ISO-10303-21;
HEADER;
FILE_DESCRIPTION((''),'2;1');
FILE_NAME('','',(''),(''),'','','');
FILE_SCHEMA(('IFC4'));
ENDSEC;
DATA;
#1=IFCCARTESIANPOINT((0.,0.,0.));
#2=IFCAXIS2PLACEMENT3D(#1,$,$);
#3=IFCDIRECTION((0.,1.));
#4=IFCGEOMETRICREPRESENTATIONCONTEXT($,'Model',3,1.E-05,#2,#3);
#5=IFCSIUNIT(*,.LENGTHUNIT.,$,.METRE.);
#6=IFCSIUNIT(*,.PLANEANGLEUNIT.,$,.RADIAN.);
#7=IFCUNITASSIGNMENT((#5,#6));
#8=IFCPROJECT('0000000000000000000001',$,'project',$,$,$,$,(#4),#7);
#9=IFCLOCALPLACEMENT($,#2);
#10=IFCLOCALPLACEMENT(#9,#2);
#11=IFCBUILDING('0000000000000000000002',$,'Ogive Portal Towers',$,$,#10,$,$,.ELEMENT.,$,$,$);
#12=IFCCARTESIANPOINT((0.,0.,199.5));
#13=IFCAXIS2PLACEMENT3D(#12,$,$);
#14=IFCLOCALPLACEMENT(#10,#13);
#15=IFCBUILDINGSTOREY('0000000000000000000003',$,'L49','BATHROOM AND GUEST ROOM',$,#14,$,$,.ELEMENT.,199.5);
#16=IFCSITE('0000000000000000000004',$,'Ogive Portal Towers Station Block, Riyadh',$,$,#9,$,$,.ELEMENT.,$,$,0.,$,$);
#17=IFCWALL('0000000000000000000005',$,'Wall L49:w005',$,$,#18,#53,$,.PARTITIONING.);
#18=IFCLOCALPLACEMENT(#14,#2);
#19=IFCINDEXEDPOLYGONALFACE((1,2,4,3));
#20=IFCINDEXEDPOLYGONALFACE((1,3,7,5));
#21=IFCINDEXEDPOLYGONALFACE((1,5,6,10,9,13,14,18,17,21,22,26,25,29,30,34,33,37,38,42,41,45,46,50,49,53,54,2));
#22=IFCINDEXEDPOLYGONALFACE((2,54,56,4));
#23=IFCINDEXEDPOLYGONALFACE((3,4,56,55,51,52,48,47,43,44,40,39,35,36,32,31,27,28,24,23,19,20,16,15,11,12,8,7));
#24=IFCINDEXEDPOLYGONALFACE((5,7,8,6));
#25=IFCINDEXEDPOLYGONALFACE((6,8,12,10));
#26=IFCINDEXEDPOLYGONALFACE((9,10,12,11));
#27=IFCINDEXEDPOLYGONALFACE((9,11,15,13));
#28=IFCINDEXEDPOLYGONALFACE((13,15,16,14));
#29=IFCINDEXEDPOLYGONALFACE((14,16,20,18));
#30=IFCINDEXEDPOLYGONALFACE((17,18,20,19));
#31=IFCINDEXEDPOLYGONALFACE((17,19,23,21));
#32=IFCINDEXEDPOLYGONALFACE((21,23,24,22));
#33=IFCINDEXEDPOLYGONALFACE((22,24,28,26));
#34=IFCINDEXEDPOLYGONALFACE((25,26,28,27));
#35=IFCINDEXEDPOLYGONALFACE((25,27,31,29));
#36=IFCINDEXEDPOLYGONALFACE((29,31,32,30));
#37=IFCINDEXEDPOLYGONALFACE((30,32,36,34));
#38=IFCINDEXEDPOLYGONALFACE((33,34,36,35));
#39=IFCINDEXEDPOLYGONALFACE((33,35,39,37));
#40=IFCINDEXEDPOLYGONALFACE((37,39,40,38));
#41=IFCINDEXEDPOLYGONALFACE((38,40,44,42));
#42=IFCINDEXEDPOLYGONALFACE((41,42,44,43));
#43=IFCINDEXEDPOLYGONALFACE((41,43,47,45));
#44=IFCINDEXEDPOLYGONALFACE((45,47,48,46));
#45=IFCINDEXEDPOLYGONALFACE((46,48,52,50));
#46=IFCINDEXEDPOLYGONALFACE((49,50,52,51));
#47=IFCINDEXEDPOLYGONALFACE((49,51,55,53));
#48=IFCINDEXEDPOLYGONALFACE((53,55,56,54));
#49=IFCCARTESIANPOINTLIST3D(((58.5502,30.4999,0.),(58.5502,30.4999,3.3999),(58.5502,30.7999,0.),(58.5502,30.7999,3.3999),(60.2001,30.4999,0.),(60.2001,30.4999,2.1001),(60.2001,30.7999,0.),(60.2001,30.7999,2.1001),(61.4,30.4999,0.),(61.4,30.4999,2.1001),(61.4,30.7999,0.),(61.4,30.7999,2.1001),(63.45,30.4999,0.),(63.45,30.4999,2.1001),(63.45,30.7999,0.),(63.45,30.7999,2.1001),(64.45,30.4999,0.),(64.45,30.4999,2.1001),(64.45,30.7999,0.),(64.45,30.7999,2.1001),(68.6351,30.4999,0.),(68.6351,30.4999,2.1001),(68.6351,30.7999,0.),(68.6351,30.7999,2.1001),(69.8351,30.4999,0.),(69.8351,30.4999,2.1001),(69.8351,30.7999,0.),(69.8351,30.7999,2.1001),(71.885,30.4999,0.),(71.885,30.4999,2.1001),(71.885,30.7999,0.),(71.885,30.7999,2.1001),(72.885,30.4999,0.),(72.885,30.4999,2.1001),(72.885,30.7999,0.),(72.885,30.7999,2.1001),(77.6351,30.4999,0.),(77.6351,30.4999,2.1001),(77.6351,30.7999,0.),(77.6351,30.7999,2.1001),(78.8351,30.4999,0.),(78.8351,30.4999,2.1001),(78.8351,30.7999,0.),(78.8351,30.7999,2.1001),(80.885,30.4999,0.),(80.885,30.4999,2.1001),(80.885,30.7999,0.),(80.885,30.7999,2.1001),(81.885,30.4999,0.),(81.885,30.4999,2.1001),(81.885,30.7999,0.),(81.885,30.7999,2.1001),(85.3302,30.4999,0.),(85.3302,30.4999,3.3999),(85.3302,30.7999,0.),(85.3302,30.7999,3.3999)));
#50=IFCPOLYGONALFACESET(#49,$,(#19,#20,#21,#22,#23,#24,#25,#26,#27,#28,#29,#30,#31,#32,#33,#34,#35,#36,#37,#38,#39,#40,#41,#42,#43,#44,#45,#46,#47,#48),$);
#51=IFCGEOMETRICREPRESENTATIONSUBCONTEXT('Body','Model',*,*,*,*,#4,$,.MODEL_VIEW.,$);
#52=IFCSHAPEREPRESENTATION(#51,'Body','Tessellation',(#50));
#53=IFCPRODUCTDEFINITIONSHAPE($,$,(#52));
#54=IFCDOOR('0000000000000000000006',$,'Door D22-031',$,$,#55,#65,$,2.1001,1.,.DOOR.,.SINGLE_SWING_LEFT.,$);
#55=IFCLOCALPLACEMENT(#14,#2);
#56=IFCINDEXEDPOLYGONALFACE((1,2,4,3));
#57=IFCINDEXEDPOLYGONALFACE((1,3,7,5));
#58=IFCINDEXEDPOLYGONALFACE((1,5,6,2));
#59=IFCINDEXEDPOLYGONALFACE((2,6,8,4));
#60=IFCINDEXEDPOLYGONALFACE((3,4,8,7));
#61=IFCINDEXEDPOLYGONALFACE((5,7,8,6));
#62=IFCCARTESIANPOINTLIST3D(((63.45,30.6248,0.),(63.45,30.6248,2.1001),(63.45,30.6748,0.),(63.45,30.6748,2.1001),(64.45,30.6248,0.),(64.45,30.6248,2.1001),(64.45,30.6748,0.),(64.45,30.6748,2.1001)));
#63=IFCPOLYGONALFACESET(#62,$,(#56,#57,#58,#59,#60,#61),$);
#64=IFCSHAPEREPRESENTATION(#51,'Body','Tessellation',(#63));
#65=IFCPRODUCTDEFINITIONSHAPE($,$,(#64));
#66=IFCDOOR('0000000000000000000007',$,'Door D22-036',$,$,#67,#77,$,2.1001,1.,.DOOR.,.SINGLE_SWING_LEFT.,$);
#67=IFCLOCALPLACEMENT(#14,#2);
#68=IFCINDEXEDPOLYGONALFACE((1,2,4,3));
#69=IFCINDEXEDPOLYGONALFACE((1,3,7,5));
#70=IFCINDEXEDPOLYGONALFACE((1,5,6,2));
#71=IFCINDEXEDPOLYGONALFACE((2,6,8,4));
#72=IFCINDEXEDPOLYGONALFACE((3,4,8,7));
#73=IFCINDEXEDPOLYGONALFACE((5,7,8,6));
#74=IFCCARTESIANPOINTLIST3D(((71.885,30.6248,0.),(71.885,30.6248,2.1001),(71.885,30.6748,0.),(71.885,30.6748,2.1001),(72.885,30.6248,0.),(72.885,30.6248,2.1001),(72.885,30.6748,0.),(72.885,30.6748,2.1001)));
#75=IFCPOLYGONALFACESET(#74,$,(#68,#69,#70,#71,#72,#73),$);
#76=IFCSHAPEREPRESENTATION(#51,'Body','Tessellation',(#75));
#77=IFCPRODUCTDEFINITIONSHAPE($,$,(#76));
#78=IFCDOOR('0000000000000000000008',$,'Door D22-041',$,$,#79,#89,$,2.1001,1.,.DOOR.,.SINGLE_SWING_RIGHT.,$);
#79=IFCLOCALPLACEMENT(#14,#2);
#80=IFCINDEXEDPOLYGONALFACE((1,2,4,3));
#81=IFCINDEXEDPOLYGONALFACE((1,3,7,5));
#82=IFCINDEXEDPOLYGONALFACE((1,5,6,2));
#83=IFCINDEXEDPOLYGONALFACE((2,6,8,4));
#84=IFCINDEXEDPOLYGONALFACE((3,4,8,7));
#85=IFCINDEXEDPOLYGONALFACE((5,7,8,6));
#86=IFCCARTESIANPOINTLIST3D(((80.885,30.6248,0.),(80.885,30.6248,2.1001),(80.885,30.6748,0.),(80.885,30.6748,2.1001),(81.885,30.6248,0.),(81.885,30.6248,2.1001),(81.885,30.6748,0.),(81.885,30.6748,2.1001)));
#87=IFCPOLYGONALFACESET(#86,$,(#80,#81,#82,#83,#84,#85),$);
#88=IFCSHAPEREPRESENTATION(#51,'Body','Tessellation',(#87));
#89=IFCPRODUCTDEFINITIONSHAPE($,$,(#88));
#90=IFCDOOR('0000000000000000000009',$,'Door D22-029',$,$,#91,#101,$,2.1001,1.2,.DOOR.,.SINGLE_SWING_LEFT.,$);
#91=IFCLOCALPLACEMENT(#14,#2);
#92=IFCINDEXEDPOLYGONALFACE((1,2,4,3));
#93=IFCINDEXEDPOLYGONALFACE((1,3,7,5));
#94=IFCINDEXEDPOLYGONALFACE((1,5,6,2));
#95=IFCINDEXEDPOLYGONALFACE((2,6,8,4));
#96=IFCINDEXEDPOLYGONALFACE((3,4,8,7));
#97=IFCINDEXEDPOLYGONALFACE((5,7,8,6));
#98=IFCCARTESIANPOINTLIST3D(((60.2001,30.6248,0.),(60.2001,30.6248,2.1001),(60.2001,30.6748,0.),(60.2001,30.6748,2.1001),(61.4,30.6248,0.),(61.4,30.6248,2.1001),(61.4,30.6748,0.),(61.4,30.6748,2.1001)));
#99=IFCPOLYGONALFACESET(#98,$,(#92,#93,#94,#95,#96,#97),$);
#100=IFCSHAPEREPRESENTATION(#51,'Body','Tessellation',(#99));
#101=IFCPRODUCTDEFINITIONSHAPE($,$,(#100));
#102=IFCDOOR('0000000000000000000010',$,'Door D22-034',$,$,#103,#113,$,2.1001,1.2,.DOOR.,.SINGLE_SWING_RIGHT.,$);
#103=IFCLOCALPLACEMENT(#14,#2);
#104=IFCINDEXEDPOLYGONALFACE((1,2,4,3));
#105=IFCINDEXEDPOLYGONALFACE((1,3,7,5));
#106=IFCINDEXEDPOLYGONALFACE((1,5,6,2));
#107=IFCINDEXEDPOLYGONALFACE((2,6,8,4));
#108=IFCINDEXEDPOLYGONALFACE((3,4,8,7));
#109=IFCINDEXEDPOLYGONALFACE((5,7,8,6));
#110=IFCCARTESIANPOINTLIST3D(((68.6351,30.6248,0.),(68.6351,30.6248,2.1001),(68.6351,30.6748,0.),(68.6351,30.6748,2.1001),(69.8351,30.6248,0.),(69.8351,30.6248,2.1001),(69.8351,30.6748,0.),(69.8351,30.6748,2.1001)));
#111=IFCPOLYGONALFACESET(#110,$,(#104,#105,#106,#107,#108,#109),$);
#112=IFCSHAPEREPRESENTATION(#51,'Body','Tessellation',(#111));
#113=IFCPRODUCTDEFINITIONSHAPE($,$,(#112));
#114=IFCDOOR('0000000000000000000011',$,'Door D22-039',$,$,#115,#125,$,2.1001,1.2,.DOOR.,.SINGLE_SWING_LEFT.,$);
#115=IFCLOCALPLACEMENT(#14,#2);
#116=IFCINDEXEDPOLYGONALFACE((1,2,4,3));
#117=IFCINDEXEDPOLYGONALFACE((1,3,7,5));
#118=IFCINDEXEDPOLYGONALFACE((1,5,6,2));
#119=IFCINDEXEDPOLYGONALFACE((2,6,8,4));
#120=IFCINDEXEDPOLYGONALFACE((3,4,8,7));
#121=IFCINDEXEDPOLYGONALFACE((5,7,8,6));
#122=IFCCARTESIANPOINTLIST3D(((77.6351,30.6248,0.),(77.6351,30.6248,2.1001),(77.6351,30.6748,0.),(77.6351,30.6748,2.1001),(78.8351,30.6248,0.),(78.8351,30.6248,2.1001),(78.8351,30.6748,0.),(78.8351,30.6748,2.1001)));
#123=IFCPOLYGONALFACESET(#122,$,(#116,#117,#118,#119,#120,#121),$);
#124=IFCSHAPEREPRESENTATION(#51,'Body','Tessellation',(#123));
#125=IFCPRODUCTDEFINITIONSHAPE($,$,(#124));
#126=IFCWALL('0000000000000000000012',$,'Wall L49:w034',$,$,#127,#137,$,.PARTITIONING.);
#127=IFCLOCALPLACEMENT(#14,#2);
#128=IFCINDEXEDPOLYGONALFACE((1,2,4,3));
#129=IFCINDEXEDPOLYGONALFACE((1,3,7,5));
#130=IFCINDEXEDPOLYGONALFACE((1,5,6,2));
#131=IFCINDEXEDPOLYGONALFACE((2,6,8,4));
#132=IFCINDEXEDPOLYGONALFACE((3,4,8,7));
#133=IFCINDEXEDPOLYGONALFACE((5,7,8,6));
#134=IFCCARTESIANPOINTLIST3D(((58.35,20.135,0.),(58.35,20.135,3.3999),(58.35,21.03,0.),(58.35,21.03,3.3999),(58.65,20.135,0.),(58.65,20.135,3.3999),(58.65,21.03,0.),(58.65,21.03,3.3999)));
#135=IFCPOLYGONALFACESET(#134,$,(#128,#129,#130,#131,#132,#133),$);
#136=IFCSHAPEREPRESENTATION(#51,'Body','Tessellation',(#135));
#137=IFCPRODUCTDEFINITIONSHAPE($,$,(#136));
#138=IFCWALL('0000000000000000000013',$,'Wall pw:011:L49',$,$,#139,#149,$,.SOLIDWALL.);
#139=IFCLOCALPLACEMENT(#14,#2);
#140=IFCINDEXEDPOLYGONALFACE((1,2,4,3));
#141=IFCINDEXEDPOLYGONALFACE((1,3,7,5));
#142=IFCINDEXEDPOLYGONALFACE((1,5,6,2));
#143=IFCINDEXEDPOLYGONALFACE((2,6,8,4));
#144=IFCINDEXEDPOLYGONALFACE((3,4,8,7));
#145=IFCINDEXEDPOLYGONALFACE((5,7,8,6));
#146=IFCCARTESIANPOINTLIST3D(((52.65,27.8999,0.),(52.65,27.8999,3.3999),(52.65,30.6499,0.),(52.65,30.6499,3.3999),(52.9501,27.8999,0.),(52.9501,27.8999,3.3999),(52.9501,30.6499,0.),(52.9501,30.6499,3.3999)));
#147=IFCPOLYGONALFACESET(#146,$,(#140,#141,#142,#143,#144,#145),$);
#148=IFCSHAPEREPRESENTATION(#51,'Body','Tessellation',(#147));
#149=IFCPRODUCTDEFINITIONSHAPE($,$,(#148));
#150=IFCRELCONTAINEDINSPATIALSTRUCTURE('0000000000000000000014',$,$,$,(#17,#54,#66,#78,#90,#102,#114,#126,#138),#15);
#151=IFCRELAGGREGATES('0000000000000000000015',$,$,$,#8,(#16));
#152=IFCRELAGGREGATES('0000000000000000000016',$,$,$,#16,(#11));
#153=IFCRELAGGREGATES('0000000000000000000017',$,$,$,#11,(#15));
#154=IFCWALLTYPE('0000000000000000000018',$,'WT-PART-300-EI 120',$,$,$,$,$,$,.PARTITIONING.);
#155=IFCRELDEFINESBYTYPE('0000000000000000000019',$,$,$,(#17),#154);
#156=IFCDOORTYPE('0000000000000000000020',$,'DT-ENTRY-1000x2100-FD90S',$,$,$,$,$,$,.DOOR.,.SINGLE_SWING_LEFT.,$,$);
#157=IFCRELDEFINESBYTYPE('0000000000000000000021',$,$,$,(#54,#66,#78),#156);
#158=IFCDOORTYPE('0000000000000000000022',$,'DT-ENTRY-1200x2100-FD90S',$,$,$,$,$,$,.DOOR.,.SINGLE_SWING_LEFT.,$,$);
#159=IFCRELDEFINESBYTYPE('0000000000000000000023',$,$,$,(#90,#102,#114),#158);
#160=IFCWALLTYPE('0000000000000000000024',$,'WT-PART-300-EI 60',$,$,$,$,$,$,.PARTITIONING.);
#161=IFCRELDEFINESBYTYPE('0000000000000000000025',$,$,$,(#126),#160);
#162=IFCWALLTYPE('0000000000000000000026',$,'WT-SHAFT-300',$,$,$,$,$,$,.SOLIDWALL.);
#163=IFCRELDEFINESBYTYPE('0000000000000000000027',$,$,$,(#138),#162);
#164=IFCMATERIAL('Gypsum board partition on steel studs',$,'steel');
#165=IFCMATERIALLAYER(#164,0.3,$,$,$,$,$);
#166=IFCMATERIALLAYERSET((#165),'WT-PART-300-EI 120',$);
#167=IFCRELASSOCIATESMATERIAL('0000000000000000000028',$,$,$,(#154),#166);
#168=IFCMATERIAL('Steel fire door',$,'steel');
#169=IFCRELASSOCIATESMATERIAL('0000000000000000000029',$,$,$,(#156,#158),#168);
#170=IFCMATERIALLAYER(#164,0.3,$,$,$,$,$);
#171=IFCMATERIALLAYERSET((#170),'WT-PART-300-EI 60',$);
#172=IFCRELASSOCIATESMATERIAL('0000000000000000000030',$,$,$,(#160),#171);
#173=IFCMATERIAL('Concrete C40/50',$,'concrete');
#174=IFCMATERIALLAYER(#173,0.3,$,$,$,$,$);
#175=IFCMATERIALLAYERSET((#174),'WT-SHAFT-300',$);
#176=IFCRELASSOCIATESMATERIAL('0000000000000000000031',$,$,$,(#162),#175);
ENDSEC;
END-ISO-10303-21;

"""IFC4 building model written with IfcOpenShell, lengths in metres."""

from ifc_helpers import new_model, si_unit, direction, frame, frame_2d, origin, place, context, subcontext, project, spatial, rectangle, extrude, material, layer, layer_set, type_object, element, fill, save


model = new_model("IFC4")

# Units and contexts
model_context = context("Model", 3, precision=1e-05, world=origin(), true_north=direction((0.0, 1.0)))
body_context = subcontext(model_context, "Body", "Model", "MODEL_VIEW")
ifc_project = project(units=[si_unit("LENGTHUNIT", "METRE"), si_unit("PLANEANGLEUNIT", "RADIAN")], contexts=[model_context])

# Site, building, storey
site_placement = place(None, origin())
site = spatial("IfcSite", under=ifc_project, at=site_placement, Name="Ogive Portal Towers Station Block, Riyadh", CompositionType="ELEMENT", RefElevation=0.0)
building_placement = place(site_placement, origin())
building = spatial("IfcBuilding", under=site, at=building_placement, Name="Ogive Portal Towers", CompositionType="ELEMENT")
storey_placement = place(building_placement, frame((0.0, 0.0, 199.5)))
storey = spatial("IfcBuildingStorey", under=building, at=storey_placement, Name="L49", Description="BATHROOM AND GUEST ROOM", CompositionType="ELEMENT", Elevation=199.5)

# Shared definitions
ifc_material_1 = material(Name="Steel fire door", Category="steel")
ifc_material_2 = material(Name="Gypsum board partition on steel studs", Category="steel")

# Wall, openings, doors
ifc_layer_1 = layer(ifc_material_2, 0.3)
ifc_layer_set_1 = layer_set([ifc_layer_1], Name="WT-PART-300-EI 120")
wall_type_1 = type_object("IfcWallType", Name="WT-PART-300-EI 120", PredefinedType="PARTITIONING", material=ifc_layer_set_1)
wall_1_placement = place(storey_placement, frame((58.55, 30.6499, 0.0), z_axis=(0.0, 0.0, 1.0), x_axis=(1.0, 0.0, 0.0)))
wall_1 = element("IfcWall", 1, at=wall_1_placement, inside=storey, type_object=wall_type_1, Name="Wall L49:w005", PredefinedType="PARTITIONING", context=body_context, shape_type="SweptSolid", body=[
    extrude(rectangle(XDim=26.78, YDim=0.3, at=frame_2d((13.3901, 0.0))), origin(), (0.0, 0.0, 1.0), 3.3999),
])
opening_1_placement = place(wall_1_placement, frame((1.6499, 0.0, 0.0)))
opening_1 = element("IfcOpeningElement", 2, at=opening_1_placement, cuts=wall_1, PredefinedType="OPENING", context=body_context, shape_type="SweptSolid", body=[
    extrude(rectangle(XDim=1.2, YDim=2.1001, at=frame_2d((0.6001, 1.05))), frame((0.0, 0.1602, 0.0), z_axis=(0.0, -1.0, 0.0), x_axis=(1.0, 0.0, 0.0)), (0.0, 0.0, 1.0), 0.3201),
])
opening_2_placement = place(wall_1_placement, frame((4.8999, 0.0, 0.0)))
opening_2 = element("IfcOpeningElement", 3, at=opening_2_placement, cuts=wall_1, PredefinedType="OPENING", context=body_context, shape_type="SweptSolid", body=[
    extrude(rectangle(XDim=1.0, YDim=2.1001, at=frame_2d((0.5, 1.05))), frame((0.0, 0.1602, 0.0), z_axis=(0.0, -1.0, 0.0), x_axis=(1.0, 0.0, 0.0)), (0.0, 0.0, 1.0), 0.3201),
])
opening_3_placement = place(wall_1_placement, frame((10.085, 0.0, 0.0)))
opening_3 = element("IfcOpeningElement", 4, at=opening_3_placement, cuts=wall_1, PredefinedType="OPENING", context=body_context, shape_type="SweptSolid", body=[
    extrude(rectangle(XDim=1.2, YDim=2.1001, at=frame_2d((0.6001, 1.05))), frame((0.0, 0.1602, 0.0), z_axis=(0.0, -1.0, 0.0), x_axis=(1.0, 0.0, 0.0)), (0.0, 0.0, 1.0), 0.3201),
])
opening_4_placement = place(wall_1_placement, frame((13.335, 0.0, 0.0)))
opening_4 = element("IfcOpeningElement", 5, at=opening_4_placement, cuts=wall_1, PredefinedType="OPENING", context=body_context, shape_type="SweptSolid", body=[
    extrude(rectangle(XDim=1.0, YDim=2.1001, at=frame_2d((0.5, 1.05))), frame((0.0, 0.1602, 0.0), z_axis=(0.0, -1.0, 0.0), x_axis=(1.0, 0.0, 0.0)), (0.0, 0.0, 1.0), 0.3201),
])
opening_5_placement = place(wall_1_placement, frame((19.085, 0.0, 0.0)))
opening_5 = element("IfcOpeningElement", 6, at=opening_5_placement, cuts=wall_1, PredefinedType="OPENING", context=body_context, shape_type="SweptSolid", body=[
    extrude(rectangle(XDim=1.2, YDim=2.1001, at=frame_2d((0.6001, 1.05))), frame((0.0, 0.1602, 0.0), z_axis=(0.0, -1.0, 0.0), x_axis=(1.0, 0.0, 0.0)), (0.0, 0.0, 1.0), 0.3201),
])
opening_6_placement = place(wall_1_placement, frame((22.335, 0.0, 0.0)))
opening_6 = element("IfcOpeningElement", 7, at=opening_6_placement, cuts=wall_1, PredefinedType="OPENING", context=body_context, shape_type="SweptSolid", body=[
    extrude(rectangle(XDim=1.0, YDim=2.1001, at=frame_2d((0.5, 1.05))), frame((0.0, 0.1602, 0.0), z_axis=(0.0, -1.0, 0.0), x_axis=(1.0, 0.0, 0.0)), (0.0, 0.0, 1.0), 0.3201),
])
door_type_1 = type_object("IfcDoorType", Name="DT-ENTRY-1000x2100-FD90S", OperationType="SINGLE_SWING_LEFT", PredefinedType="DOOR", material=ifc_material_1)
door_1_placement = place(opening_2_placement, origin())
door_1 = element("IfcDoor", 8, at=door_1_placement, inside=storey, type_object=door_type_1, Name="Door D22-031", OperationType="SINGLE_SWING_LEFT", OverallHeight=2.1001, OverallWidth=1.0, PredefinedType="DOOR", context=body_context, shape_type="SweptSolid", body=[
    extrude(rectangle(XDim=1.0, YDim=2.1001, at=frame_2d((0.5, 1.05))), frame((0.0, 0.0249, 0.0), z_axis=(0.0, -1.0, 0.0), x_axis=(1.0, 0.0, 0.0)), (0.0, 0.0, 1.0), 0.05),
])
fill(opening_2, door_1)
door_2_placement = place(opening_4_placement, origin())
door_2 = element("IfcDoor", 9, at=door_2_placement, inside=storey, type_object=door_type_1, Name="Door D22-036", OperationType="SINGLE_SWING_LEFT", OverallHeight=2.1001, OverallWidth=1.0, PredefinedType="DOOR", context=body_context, shape_type="SweptSolid", body=[
    extrude(rectangle(XDim=1.0, YDim=2.1001, at=frame_2d((0.5, 1.05))), frame((0.0, 0.0249, 0.0), z_axis=(0.0, -1.0, 0.0), x_axis=(1.0, 0.0, 0.0)), (0.0, 0.0, 1.0), 0.05),
])
fill(opening_4, door_2)
door_3_placement = place(opening_6_placement, origin())
door_3 = element("IfcDoor", 10, at=door_3_placement, inside=storey, type_object=door_type_1, Name="Door D22-041", OperationType="SINGLE_SWING_RIGHT", OverallHeight=2.1001, OverallWidth=1.0, PredefinedType="DOOR", context=body_context, shape_type="SweptSolid", body=[
    extrude(rectangle(XDim=1.0, YDim=2.1001, at=frame_2d((0.5, 1.05))), frame((0.0, 0.0249, 0.0), z_axis=(0.0, -1.0, 0.0), x_axis=(1.0, 0.0, 0.0)), (0.0, 0.0, 1.0), 0.05),
])
fill(opening_6, door_3)
door_type_2 = type_object("IfcDoorType", Name="DT-ENTRY-1200x2100-FD90S", OperationType="SINGLE_SWING_LEFT", PredefinedType="DOOR", material=ifc_material_1)
door_4_placement = place(opening_1_placement, origin())
door_4 = element("IfcDoor", 11, at=door_4_placement, inside=storey, type_object=door_type_2, Name="Door D22-029", OperationType="SINGLE_SWING_LEFT", OverallHeight=2.1001, OverallWidth=1.2, PredefinedType="DOOR", context=body_context, shape_type="SweptSolid", body=[
    extrude(rectangle(XDim=1.2, YDim=2.1001, at=frame_2d((0.6001, 1.05))), frame((0.0, 0.0249, 0.0), z_axis=(0.0, -1.0, 0.0), x_axis=(1.0, 0.0, 0.0)), (0.0, 0.0, 1.0), 0.05),
])
fill(opening_1, door_4)
door_5_placement = place(opening_3_placement, origin())
door_5 = element("IfcDoor", 12, at=door_5_placement, inside=storey, type_object=door_type_2, Name="Door D22-034", OperationType="SINGLE_SWING_RIGHT", OverallHeight=2.1001, OverallWidth=1.2, PredefinedType="DOOR", context=body_context, shape_type="SweptSolid", body=[
    extrude(rectangle(XDim=1.2, YDim=2.1001, at=frame_2d((0.6001, 1.05))), frame((0.0, 0.0249, 0.0), z_axis=(0.0, -1.0, 0.0), x_axis=(1.0, 0.0, 0.0)), (0.0, 0.0, 1.0), 0.05),
])
fill(opening_3, door_5)
door_6_placement = place(opening_5_placement, origin())
door_6 = element("IfcDoor", 13, at=door_6_placement, inside=storey, type_object=door_type_2, Name="Door D22-039", OperationType="SINGLE_SWING_LEFT", OverallHeight=2.1001, OverallWidth=1.2, PredefinedType="DOOR", context=body_context, shape_type="SweptSolid", body=[
    extrude(rectangle(XDim=1.2, YDim=2.1001, at=frame_2d((0.6001, 1.05))), frame((0.0, 0.0249, 0.0), z_axis=(0.0, -1.0, 0.0), x_axis=(1.0, 0.0, 0.0)), (0.0, 0.0, 1.0), 0.05),
])
fill(opening_5, door_6)

# Walls
ifc_layer_2 = layer(ifc_material_2, 0.3)
ifc_layer_set_2 = layer_set([ifc_layer_2], Name="WT-PART-300-EI 60")
wall_type_2 = type_object("IfcWallType", Name="WT-PART-300-EI 60", PredefinedType="PARTITIONING", material=ifc_layer_set_2)
wall_2_placement = place(storey_placement, frame((58.5, 20.135, 0.0), z_axis=(0.0, 0.0, 1.0), x_axis=(0.0, 1.0, 0.0)))
element("IfcWall", 14, at=wall_2_placement, inside=storey, type_object=wall_type_2, Name="Wall L49:w034", PredefinedType="PARTITIONING", context=body_context, shape_type="SweptSolid", body=[
    extrude(rectangle(XDim=0.895, YDim=0.3, at=frame_2d((0.4475, 0.0))), origin(), (0.0, 0.0, 1.0), 3.3999),
])
ifc_material_3 = material(Name="Concrete C40/50", Category="concrete")
ifc_layer_3 = layer(ifc_material_3, 0.3)
ifc_layer_set_3 = layer_set([ifc_layer_3], Name="WT-SHAFT-300")
wall_type_3 = type_object("IfcWallType", Name="WT-SHAFT-300", PredefinedType="SOLIDWALL", material=ifc_layer_set_3)
wall_3_placement = place(storey_placement, frame((52.8, 27.8999, 0.0), z_axis=(0.0, 0.0, 1.0), x_axis=(0.0, 1.0, 0.0)))
element("IfcWall", 15, at=wall_3_placement, inside=storey, type_object=wall_type_3, Name="Wall pw:011:L49", PredefinedType="SOLIDWALL", context=body_context, shape_type="SweptSolid", body=[
    extrude(rectangle(XDim=2.75, YDim=0.3, at=frame_2d((1.375, 0.0))), origin(), (0.0, 0.0, 1.0), 3.3999),
])

save(model, "model.ifc")
